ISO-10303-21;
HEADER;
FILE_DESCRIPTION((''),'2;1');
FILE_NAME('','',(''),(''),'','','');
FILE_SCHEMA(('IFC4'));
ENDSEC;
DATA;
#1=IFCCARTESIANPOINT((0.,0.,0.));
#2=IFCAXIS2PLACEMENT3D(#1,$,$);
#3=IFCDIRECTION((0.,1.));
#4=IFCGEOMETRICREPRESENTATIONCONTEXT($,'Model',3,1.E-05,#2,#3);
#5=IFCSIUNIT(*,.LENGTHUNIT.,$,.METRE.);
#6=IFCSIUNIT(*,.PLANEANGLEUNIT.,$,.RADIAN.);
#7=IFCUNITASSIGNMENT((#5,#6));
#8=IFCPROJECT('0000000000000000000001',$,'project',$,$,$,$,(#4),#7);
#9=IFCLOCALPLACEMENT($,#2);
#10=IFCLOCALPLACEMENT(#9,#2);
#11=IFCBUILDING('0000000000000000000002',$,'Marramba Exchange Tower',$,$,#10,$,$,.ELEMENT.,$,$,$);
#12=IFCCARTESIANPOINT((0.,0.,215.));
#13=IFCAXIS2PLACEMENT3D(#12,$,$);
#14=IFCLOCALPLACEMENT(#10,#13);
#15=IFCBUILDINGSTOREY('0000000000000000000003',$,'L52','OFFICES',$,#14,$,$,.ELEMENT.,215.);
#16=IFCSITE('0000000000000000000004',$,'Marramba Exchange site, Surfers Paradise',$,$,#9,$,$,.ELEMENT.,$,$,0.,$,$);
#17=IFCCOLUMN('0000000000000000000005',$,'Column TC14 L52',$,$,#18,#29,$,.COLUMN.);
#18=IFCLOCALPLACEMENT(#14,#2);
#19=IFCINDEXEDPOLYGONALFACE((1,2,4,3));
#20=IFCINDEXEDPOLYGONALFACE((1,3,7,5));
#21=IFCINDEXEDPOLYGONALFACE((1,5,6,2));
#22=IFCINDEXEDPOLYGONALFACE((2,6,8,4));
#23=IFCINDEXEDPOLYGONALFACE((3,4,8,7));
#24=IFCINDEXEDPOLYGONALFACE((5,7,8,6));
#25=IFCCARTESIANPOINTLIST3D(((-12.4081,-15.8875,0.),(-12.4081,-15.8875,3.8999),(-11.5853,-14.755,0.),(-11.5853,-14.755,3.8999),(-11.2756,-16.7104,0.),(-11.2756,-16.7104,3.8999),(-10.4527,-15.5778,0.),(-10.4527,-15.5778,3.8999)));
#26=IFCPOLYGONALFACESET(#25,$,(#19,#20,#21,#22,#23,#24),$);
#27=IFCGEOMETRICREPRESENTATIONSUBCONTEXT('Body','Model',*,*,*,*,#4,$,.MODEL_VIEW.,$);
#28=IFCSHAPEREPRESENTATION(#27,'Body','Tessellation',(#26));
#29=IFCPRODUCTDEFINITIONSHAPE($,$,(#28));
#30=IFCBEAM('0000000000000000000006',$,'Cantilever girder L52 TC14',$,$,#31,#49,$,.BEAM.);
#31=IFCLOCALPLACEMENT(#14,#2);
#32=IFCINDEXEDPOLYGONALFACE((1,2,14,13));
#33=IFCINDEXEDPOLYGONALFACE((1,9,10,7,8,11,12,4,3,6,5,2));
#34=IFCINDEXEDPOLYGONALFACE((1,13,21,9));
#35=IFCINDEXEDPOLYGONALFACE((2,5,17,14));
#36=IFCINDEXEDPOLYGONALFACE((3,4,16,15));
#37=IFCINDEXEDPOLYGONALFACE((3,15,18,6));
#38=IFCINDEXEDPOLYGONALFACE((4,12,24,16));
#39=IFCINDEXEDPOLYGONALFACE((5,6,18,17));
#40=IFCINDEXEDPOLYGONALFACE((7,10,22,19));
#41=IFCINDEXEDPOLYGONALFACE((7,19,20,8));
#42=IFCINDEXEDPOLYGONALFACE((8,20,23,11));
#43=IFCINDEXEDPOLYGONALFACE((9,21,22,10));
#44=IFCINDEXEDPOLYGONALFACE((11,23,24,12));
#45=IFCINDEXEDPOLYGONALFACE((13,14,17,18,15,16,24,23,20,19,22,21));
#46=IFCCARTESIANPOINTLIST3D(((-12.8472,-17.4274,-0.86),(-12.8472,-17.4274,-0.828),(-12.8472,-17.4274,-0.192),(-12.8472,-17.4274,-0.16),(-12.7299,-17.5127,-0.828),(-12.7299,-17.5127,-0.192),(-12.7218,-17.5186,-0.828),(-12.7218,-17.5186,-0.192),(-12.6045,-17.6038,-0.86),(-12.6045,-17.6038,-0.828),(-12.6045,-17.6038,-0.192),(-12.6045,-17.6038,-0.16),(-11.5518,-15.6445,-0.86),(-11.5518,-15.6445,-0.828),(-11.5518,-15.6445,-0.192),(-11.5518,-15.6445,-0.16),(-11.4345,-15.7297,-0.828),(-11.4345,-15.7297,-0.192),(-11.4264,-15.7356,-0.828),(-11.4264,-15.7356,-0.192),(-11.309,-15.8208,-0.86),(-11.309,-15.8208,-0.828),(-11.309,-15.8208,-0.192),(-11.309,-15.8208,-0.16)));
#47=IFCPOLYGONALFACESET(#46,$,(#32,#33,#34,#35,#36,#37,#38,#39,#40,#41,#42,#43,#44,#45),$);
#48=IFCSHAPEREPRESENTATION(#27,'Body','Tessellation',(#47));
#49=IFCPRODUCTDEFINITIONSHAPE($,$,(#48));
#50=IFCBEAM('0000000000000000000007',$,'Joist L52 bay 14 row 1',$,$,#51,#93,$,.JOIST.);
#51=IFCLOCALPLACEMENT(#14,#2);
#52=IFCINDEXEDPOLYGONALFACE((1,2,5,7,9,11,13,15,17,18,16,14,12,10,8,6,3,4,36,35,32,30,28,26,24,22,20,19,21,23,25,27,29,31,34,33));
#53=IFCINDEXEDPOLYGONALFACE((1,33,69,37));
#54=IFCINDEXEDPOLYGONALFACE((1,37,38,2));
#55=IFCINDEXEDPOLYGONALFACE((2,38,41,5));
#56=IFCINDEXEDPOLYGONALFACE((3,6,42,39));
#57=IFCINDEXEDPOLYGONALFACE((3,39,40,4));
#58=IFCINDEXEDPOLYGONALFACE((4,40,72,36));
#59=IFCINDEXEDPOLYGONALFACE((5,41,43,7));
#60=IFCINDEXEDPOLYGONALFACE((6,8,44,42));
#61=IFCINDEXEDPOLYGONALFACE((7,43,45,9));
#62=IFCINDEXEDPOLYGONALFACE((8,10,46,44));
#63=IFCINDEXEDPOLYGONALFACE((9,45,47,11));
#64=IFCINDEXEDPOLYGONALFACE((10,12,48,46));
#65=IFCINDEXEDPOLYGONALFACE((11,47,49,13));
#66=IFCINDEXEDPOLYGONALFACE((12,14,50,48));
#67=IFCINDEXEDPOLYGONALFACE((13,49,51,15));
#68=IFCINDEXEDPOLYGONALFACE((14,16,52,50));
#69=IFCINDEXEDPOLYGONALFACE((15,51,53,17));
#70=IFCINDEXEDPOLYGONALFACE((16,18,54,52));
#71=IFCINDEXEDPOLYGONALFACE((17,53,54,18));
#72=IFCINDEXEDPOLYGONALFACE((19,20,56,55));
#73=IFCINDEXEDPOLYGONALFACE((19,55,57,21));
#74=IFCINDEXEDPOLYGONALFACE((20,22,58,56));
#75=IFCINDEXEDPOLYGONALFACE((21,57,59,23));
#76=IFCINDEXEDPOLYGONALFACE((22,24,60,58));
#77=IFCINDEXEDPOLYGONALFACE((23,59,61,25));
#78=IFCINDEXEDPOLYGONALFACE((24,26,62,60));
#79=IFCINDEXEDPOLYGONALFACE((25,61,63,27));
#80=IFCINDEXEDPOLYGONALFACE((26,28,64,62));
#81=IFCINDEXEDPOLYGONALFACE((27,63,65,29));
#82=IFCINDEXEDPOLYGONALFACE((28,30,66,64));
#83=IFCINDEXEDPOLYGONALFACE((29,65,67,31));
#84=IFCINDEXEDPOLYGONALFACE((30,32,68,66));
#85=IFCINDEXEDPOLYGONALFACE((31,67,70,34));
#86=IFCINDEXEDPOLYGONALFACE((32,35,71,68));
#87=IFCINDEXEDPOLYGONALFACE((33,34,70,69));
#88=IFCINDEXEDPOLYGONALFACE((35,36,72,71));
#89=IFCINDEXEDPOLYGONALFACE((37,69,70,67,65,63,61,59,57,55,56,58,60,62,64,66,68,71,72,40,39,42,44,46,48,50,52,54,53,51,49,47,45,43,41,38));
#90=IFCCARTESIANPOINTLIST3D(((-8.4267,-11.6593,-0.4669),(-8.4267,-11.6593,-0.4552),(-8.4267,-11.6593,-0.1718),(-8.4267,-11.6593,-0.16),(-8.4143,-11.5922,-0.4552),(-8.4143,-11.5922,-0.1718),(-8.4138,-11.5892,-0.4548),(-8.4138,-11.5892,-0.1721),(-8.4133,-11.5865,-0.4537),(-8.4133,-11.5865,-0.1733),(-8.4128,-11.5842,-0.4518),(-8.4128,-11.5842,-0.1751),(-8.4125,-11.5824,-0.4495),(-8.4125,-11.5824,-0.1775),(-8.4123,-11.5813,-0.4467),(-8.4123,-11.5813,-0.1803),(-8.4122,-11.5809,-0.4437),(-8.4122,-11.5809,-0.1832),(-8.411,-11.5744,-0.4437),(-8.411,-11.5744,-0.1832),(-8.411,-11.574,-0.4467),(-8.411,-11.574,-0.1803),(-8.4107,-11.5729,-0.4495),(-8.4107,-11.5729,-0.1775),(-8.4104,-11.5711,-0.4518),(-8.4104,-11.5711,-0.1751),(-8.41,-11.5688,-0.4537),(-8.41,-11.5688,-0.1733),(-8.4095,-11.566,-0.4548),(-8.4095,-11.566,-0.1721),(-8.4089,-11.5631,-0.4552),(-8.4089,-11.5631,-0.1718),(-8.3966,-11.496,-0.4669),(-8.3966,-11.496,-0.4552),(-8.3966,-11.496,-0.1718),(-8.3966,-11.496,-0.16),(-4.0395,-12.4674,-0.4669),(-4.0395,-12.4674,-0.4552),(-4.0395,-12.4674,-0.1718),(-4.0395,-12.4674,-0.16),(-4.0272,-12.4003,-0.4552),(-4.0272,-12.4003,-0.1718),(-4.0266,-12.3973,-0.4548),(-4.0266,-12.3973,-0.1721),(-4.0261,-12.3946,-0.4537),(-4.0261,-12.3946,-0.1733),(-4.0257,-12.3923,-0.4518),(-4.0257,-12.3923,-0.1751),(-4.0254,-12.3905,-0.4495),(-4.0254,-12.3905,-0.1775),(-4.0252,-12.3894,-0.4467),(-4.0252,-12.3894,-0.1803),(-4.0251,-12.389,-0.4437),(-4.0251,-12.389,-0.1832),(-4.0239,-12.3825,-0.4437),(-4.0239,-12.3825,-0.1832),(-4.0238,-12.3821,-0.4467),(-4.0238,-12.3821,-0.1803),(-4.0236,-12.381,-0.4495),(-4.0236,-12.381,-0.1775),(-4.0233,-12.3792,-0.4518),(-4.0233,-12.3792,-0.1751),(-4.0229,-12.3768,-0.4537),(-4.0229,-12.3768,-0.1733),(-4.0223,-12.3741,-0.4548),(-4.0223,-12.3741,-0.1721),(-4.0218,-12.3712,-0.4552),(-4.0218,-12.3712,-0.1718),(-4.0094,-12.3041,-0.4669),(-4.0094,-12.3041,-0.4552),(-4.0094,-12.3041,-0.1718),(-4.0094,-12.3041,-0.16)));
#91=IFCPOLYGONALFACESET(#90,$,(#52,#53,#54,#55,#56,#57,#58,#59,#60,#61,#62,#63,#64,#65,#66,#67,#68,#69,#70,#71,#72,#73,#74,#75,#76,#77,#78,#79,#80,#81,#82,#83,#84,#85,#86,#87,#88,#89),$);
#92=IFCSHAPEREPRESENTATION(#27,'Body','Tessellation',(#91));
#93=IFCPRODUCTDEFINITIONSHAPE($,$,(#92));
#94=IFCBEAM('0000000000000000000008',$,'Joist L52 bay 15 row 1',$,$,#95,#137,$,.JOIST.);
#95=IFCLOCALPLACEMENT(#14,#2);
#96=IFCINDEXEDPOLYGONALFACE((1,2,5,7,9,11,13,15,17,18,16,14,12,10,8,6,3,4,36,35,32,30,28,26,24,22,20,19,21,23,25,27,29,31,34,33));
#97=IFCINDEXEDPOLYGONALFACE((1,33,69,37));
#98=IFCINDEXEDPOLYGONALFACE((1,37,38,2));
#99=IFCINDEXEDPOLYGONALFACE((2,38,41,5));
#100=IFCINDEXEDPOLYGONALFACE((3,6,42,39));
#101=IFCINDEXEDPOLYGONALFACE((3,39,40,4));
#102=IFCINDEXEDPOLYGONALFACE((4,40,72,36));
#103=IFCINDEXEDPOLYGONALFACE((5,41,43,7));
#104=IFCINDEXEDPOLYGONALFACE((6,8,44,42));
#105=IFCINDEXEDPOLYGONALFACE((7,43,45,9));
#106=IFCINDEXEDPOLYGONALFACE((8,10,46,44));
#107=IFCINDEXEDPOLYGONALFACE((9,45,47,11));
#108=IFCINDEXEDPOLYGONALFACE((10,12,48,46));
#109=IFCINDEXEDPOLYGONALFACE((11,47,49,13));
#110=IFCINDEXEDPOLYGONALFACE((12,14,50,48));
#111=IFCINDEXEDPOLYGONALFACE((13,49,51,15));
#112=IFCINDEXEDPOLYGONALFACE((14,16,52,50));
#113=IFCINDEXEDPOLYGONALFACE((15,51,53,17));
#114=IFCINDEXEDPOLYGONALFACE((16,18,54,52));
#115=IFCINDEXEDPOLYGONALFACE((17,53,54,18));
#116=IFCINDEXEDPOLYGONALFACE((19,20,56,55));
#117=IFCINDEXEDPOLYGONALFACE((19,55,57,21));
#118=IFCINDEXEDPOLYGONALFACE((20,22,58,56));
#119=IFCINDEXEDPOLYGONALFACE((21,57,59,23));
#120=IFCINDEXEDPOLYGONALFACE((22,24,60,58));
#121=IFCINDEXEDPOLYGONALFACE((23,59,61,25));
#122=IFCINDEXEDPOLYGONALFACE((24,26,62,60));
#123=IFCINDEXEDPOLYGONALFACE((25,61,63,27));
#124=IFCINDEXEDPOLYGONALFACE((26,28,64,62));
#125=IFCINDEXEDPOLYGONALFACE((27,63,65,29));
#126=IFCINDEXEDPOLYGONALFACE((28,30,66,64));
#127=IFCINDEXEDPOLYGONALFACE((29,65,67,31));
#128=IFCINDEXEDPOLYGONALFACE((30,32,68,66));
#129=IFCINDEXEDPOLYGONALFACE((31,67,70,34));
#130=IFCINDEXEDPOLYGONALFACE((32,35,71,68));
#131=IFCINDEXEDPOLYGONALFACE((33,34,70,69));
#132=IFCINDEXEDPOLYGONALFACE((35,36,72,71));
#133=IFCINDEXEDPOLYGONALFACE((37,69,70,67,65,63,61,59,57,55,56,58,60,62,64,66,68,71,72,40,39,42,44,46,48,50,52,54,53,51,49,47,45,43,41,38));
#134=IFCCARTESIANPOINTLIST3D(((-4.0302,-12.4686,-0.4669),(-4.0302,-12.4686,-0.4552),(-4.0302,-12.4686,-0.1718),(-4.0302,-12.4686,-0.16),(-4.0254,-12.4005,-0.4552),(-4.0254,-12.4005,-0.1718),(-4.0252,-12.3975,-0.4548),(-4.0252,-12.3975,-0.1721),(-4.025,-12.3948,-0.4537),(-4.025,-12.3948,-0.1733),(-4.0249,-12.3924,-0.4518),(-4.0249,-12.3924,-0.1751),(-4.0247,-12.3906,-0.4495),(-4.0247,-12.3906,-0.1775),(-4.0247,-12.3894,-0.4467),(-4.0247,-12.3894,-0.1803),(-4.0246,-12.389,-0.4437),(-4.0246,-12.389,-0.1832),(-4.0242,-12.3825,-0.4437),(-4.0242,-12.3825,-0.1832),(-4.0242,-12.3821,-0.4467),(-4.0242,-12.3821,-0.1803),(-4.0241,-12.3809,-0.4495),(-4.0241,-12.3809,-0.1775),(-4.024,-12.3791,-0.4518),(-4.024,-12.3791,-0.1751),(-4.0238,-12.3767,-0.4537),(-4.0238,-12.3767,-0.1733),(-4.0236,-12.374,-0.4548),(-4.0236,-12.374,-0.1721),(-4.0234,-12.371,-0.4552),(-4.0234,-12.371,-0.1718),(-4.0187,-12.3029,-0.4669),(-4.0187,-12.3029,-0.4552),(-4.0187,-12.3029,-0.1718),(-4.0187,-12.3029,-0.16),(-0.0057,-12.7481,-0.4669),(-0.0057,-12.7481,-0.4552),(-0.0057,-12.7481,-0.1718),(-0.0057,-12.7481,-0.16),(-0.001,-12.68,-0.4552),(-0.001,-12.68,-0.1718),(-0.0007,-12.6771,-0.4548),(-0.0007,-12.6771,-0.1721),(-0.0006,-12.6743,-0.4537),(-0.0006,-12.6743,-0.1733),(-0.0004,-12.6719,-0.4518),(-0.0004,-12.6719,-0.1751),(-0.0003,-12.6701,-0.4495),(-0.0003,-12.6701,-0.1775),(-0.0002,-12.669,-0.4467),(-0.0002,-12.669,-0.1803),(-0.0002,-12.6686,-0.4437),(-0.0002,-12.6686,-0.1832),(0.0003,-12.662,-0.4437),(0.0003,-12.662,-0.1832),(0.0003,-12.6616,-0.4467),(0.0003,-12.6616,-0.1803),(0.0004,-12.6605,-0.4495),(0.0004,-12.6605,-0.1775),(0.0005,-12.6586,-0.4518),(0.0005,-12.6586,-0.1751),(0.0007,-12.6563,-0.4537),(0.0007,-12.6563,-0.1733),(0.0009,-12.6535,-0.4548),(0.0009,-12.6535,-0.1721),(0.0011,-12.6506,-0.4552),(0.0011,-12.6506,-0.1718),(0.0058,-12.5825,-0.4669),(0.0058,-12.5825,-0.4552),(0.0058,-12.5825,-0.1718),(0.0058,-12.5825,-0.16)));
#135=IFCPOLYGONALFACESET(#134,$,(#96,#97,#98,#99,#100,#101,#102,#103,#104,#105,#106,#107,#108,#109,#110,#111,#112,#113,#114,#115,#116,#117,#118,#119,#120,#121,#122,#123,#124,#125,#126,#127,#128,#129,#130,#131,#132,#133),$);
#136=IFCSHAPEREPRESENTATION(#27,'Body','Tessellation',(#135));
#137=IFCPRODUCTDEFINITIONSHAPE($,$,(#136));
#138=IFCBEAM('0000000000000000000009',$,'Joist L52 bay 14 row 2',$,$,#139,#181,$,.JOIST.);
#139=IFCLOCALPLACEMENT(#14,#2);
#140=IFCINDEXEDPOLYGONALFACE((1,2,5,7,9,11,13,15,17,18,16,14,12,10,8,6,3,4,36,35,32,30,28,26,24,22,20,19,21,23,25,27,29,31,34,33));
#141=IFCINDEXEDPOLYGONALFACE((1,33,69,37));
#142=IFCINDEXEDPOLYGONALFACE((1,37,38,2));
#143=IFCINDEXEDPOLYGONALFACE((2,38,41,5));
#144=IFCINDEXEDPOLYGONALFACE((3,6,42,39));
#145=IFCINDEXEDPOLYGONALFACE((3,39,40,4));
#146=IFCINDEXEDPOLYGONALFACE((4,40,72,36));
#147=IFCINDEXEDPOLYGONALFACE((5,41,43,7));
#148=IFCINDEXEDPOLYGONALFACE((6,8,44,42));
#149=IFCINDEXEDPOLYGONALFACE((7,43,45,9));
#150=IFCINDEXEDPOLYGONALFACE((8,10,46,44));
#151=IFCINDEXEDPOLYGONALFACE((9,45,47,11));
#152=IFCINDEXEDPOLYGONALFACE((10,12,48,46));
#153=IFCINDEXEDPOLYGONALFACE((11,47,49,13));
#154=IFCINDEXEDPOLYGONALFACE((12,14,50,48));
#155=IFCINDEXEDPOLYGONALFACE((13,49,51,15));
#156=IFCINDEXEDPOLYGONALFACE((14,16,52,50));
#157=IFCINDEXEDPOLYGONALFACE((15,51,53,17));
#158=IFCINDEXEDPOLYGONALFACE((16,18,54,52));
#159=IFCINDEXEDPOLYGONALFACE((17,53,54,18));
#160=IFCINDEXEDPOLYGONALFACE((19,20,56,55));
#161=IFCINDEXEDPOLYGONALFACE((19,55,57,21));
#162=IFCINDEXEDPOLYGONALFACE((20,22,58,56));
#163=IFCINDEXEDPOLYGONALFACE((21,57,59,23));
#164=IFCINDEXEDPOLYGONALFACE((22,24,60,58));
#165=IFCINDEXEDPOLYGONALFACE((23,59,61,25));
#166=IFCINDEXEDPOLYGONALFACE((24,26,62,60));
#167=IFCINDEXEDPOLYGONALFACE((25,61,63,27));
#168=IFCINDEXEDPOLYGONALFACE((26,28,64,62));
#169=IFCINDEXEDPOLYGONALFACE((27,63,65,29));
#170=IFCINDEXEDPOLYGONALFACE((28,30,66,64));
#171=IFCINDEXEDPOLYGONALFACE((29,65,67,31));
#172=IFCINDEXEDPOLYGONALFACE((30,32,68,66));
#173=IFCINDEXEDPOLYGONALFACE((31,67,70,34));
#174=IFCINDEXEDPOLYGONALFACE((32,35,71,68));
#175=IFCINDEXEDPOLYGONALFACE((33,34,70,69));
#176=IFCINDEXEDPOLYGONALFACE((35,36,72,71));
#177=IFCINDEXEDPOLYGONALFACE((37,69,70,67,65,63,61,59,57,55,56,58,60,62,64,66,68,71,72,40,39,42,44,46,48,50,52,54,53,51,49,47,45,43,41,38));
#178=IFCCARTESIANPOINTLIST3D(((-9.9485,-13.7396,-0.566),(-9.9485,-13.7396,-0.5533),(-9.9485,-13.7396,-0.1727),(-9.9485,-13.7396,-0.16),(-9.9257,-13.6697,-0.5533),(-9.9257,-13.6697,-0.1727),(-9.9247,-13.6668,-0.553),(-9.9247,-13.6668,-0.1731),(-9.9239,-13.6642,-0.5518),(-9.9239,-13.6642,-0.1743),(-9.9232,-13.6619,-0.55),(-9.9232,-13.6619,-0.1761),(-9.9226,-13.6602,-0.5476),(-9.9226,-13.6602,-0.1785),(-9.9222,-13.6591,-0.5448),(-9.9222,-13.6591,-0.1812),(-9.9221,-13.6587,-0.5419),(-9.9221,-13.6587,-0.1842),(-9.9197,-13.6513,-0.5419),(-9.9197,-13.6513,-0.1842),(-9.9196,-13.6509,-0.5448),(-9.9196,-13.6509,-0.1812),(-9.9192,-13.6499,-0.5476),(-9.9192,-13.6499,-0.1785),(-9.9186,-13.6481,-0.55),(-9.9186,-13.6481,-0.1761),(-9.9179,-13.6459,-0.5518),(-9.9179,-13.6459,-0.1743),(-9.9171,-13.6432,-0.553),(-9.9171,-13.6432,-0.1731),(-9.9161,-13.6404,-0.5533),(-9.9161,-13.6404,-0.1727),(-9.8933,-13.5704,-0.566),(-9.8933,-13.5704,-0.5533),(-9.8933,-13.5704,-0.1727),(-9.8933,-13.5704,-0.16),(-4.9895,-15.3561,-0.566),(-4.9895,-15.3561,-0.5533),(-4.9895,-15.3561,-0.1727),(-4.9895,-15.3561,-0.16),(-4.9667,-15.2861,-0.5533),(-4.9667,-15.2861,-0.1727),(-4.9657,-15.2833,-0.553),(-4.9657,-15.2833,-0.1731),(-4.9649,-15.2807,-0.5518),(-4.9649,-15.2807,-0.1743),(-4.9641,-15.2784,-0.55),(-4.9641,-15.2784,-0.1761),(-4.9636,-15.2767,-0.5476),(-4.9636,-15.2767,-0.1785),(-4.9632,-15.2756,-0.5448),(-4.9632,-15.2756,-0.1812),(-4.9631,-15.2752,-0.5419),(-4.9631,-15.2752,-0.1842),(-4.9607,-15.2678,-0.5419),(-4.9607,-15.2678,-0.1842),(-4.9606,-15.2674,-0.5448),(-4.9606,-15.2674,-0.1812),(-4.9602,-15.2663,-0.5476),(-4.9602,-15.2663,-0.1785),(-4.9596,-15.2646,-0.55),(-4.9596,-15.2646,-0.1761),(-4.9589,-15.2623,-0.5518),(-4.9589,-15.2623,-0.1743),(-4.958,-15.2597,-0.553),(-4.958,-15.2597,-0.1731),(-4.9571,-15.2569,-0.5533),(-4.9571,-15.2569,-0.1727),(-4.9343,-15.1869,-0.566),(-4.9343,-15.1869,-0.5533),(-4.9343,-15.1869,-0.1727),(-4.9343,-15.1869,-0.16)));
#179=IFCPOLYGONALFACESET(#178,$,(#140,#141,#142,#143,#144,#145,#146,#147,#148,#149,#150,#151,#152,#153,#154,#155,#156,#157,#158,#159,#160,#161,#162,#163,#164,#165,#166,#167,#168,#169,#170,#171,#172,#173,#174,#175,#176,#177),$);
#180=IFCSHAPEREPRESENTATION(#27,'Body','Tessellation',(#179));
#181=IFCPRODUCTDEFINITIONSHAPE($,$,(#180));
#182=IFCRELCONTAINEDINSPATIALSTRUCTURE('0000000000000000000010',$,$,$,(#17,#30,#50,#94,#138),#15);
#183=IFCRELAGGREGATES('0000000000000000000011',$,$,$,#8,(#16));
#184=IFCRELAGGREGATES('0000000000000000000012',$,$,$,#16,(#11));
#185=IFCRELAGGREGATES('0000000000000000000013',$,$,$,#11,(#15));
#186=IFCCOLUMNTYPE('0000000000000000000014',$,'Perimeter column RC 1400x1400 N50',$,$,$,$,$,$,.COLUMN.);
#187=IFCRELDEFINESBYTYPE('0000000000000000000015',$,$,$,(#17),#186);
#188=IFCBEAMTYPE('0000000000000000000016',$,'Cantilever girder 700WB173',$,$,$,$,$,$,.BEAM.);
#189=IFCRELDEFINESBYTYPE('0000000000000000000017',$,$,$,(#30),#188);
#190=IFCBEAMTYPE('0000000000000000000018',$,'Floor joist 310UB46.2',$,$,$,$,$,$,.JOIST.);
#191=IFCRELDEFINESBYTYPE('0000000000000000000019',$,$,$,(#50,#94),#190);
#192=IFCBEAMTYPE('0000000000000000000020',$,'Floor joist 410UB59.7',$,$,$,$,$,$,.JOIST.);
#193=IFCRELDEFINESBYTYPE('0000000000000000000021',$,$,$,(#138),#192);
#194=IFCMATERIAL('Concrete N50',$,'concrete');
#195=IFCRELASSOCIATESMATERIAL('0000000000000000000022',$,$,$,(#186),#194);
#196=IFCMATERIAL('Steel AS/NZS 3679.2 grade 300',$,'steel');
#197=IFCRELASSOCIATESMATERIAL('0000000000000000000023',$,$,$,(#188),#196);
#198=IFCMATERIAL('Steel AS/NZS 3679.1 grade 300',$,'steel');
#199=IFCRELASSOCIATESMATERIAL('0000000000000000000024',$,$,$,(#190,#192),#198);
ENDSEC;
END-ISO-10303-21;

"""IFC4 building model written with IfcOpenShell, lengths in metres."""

from ifc_helpers import new_model, si_unit, direction, frame, origin, origin_2d, place, context, subcontext, project, spatial, rectangle, i_section, extrude, material, material_profile, profile_set, type_object, element, save


model = new_model("IFC4")

# Units and contexts
model_context = context("Model", 3, precision=1e-05, world=origin(), true_north=direction((0.0, 1.0)))
body_context = subcontext(model_context, "Body", "Model", "MODEL_VIEW")
ifc_project = project(units=[si_unit("LENGTHUNIT", "METRE"), si_unit("PLANEANGLEUNIT", "RADIAN")], contexts=[model_context])

# Site, building, storey
site_placement = place(None, origin())
site = spatial("IfcSite", under=ifc_project, at=site_placement, Name="Marramba Exchange site, Surfers Paradise", CompositionType="ELEMENT", RefElevation=0.0)
building_placement = place(site_placement, origin())
building = spatial("IfcBuilding", under=site, at=building_placement, Name="Marramba Exchange Tower", CompositionType="ELEMENT")
storey_placement = place(building_placement, frame((0.0, 0.0, 215.0)))
storey = spatial("IfcBuildingStorey", under=building, at=storey_placement, Name="L52", Description="OFFICES", CompositionType="ELEMENT", Elevation=215.0)

# Column
ifc_material_1 = material(Name="Concrete N50", Category="concrete")
ifc_material_profile_1 = material_profile(ifc_material_1, rectangle(XDim=1.3999, YDim=1.3999, at=origin_2d()), Name="RC 1400x1400")
ifc_profile_set_1 = profile_set([ifc_material_profile_1], Name="Concrete N50")
column_type = type_object("IfcColumnType", Name="Perimeter column RC 1400x1400 N50", PredefinedType="COLUMN", material=ifc_profile_set_1)
column_placement = place(storey_placement, frame((-11.4304, -15.7327, 0.0), z_axis=(0.0, 0.0, 1.0), x_axis=(-0.587785, -0.809017, 0.0)))
element("IfcColumn", 1, at=column_placement, inside=storey, type_object=column_type, Name="Column TC14 L52", PredefinedType="COLUMN", context=body_context, shape_type="SweptSolid", body=[
    extrude(rectangle(XDim=1.3999, YDim=1.3999, at=origin_2d()), origin(), (0.0, 0.0, 1.0), 3.8999),
])

# Beams
ifc_material_2 = material(Name="Steel AS/NZS 3679.2 grade 300", Category="steel")
ifc_material_profile_2 = material_profile(ifc_material_2, i_section(OverallWidth=0.3, OverallDepth=0.7, WebThickness=0.01, FlangeThickness=0.032, at=origin_2d()), Name="700WB173")
ifc_profile_set_2 = profile_set([ifc_material_profile_2], Name="Steel AS/NZS 3679.2 grade 300")
beam_type_1 = type_object("IfcBeamType", Name="Cantilever girder 700WB173", PredefinedType="BEAM", material=ifc_profile_set_2)
beam_1_placement = place(storey_placement, frame((-11.4304, -15.7327, -0.51), z_axis=(-0.58779, -0.809014, 0.0), x_axis=(0.809014, -0.58779, 0.0)))
element("IfcBeam", 2, at=beam_1_placement, inside=storey, type_object=beam_type_1, Name="Cantilever girder L52 TC14", PredefinedType="BEAM", context=body_context, shape_type="SweptSolid", body=[
    extrude(i_section(OverallWidth=0.3, OverallDepth=0.7, WebThickness=0.01, FlangeThickness=0.032, at=origin_2d()), origin(), (0.0, 0.0, 1.0), 2.2039),
])
ifc_material_3 = material(Name="Steel AS/NZS 3679.1 grade 300", Category="steel")
ifc_material_profile_3 = material_profile(ifc_material_3, i_section(OverallWidth=0.166, OverallDepth=0.3069, WebThickness=0.0066, FlangeThickness=0.0117, FilletRadius=0.0115, at=origin_2d()), Name="310UB46.2")
ifc_profile_set_3 = profile_set([ifc_material_profile_3], Name="Steel AS/NZS 3679.1 grade 300")
beam_type_2 = type_object("IfcBeamType", Name="Floor joist 310UB46.2", PredefinedType="JOIST", material=ifc_profile_set_3)
beam_2_placement = place(storey_placement, frame((-8.4116, -11.5776, -0.3135), z_axis=(0.983456, -0.181149, 0.0), x_axis=(0.181149, 0.983456, 0.0)))
element("IfcBeam", 3, at=beam_2_placement, inside=storey, type_object=beam_type_2, Name="Joist L52 bay 14 row 1", PredefinedType="JOIST", context=body_context, shape_type="SweptSolid", body=[
    extrude(i_section(OverallWidth=0.166, OverallDepth=0.3069, WebThickness=0.0066, FlangeThickness=0.0117, FilletRadius=0.0115, at=origin_2d()), origin(), (0.0, 0.0, 1.0), 4.4609),
])
beam_3_placement = place(storey_placement, frame((-4.0244, -12.3857, -0.3135), z_axis=(0.997596, -0.069294, 0.0), x_axis=(0.069294, 0.997596, 0.0)))
element("IfcBeam", 4, at=beam_3_placement, inside=storey, type_object=beam_type_2, Name="Joist L52 bay 15 row 1", PredefinedType="JOIST", context=body_context, shape_type="SweptSolid", body=[
    extrude(i_section(OverallWidth=0.166, OverallDepth=0.3069, WebThickness=0.0066, FlangeThickness=0.0117, FilletRadius=0.0115, at=origin_2d()), origin(), (0.0, 0.0, 1.0), 4.0342),
])
ifc_material_profile_4 = material_profile(ifc_material_3, i_section(OverallWidth=0.178, OverallDepth=0.406, WebThickness=0.0078, FlangeThickness=0.0127, FilletRadius=0.0115, at=origin_2d()), Name="410UB59.7")
ifc_profile_set_4 = profile_set([ifc_material_profile_4], Name="Steel AS/NZS 3679.1 grade 300")
beam_type_3 = type_object("IfcBeamType", Name="Floor joist 410UB59.7", PredefinedType="JOIST", material=ifc_profile_set_4)
beam_4_placement = place(storey_placement, frame((-9.9209, -13.655, -0.363), z_axis=(0.950764, -0.309916, 0.0), x_axis=(0.309916, 0.950764, 0.0)))
element("IfcBeam", 5, at=beam_4_placement, inside=storey, type_object=beam_type_3, Name="Joist L52 bay 14 row 2", PredefinedType="JOIST", context=body_context, shape_type="SweptSolid", body=[
    extrude(i_section(OverallWidth=0.178, OverallDepth=0.406, WebThickness=0.0078, FlangeThickness=0.0127, FilletRadius=0.0115, at=origin_2d()), origin(), (0.0, 0.0, 1.0), 5.2158),
])

save(model, "model.ifc")
